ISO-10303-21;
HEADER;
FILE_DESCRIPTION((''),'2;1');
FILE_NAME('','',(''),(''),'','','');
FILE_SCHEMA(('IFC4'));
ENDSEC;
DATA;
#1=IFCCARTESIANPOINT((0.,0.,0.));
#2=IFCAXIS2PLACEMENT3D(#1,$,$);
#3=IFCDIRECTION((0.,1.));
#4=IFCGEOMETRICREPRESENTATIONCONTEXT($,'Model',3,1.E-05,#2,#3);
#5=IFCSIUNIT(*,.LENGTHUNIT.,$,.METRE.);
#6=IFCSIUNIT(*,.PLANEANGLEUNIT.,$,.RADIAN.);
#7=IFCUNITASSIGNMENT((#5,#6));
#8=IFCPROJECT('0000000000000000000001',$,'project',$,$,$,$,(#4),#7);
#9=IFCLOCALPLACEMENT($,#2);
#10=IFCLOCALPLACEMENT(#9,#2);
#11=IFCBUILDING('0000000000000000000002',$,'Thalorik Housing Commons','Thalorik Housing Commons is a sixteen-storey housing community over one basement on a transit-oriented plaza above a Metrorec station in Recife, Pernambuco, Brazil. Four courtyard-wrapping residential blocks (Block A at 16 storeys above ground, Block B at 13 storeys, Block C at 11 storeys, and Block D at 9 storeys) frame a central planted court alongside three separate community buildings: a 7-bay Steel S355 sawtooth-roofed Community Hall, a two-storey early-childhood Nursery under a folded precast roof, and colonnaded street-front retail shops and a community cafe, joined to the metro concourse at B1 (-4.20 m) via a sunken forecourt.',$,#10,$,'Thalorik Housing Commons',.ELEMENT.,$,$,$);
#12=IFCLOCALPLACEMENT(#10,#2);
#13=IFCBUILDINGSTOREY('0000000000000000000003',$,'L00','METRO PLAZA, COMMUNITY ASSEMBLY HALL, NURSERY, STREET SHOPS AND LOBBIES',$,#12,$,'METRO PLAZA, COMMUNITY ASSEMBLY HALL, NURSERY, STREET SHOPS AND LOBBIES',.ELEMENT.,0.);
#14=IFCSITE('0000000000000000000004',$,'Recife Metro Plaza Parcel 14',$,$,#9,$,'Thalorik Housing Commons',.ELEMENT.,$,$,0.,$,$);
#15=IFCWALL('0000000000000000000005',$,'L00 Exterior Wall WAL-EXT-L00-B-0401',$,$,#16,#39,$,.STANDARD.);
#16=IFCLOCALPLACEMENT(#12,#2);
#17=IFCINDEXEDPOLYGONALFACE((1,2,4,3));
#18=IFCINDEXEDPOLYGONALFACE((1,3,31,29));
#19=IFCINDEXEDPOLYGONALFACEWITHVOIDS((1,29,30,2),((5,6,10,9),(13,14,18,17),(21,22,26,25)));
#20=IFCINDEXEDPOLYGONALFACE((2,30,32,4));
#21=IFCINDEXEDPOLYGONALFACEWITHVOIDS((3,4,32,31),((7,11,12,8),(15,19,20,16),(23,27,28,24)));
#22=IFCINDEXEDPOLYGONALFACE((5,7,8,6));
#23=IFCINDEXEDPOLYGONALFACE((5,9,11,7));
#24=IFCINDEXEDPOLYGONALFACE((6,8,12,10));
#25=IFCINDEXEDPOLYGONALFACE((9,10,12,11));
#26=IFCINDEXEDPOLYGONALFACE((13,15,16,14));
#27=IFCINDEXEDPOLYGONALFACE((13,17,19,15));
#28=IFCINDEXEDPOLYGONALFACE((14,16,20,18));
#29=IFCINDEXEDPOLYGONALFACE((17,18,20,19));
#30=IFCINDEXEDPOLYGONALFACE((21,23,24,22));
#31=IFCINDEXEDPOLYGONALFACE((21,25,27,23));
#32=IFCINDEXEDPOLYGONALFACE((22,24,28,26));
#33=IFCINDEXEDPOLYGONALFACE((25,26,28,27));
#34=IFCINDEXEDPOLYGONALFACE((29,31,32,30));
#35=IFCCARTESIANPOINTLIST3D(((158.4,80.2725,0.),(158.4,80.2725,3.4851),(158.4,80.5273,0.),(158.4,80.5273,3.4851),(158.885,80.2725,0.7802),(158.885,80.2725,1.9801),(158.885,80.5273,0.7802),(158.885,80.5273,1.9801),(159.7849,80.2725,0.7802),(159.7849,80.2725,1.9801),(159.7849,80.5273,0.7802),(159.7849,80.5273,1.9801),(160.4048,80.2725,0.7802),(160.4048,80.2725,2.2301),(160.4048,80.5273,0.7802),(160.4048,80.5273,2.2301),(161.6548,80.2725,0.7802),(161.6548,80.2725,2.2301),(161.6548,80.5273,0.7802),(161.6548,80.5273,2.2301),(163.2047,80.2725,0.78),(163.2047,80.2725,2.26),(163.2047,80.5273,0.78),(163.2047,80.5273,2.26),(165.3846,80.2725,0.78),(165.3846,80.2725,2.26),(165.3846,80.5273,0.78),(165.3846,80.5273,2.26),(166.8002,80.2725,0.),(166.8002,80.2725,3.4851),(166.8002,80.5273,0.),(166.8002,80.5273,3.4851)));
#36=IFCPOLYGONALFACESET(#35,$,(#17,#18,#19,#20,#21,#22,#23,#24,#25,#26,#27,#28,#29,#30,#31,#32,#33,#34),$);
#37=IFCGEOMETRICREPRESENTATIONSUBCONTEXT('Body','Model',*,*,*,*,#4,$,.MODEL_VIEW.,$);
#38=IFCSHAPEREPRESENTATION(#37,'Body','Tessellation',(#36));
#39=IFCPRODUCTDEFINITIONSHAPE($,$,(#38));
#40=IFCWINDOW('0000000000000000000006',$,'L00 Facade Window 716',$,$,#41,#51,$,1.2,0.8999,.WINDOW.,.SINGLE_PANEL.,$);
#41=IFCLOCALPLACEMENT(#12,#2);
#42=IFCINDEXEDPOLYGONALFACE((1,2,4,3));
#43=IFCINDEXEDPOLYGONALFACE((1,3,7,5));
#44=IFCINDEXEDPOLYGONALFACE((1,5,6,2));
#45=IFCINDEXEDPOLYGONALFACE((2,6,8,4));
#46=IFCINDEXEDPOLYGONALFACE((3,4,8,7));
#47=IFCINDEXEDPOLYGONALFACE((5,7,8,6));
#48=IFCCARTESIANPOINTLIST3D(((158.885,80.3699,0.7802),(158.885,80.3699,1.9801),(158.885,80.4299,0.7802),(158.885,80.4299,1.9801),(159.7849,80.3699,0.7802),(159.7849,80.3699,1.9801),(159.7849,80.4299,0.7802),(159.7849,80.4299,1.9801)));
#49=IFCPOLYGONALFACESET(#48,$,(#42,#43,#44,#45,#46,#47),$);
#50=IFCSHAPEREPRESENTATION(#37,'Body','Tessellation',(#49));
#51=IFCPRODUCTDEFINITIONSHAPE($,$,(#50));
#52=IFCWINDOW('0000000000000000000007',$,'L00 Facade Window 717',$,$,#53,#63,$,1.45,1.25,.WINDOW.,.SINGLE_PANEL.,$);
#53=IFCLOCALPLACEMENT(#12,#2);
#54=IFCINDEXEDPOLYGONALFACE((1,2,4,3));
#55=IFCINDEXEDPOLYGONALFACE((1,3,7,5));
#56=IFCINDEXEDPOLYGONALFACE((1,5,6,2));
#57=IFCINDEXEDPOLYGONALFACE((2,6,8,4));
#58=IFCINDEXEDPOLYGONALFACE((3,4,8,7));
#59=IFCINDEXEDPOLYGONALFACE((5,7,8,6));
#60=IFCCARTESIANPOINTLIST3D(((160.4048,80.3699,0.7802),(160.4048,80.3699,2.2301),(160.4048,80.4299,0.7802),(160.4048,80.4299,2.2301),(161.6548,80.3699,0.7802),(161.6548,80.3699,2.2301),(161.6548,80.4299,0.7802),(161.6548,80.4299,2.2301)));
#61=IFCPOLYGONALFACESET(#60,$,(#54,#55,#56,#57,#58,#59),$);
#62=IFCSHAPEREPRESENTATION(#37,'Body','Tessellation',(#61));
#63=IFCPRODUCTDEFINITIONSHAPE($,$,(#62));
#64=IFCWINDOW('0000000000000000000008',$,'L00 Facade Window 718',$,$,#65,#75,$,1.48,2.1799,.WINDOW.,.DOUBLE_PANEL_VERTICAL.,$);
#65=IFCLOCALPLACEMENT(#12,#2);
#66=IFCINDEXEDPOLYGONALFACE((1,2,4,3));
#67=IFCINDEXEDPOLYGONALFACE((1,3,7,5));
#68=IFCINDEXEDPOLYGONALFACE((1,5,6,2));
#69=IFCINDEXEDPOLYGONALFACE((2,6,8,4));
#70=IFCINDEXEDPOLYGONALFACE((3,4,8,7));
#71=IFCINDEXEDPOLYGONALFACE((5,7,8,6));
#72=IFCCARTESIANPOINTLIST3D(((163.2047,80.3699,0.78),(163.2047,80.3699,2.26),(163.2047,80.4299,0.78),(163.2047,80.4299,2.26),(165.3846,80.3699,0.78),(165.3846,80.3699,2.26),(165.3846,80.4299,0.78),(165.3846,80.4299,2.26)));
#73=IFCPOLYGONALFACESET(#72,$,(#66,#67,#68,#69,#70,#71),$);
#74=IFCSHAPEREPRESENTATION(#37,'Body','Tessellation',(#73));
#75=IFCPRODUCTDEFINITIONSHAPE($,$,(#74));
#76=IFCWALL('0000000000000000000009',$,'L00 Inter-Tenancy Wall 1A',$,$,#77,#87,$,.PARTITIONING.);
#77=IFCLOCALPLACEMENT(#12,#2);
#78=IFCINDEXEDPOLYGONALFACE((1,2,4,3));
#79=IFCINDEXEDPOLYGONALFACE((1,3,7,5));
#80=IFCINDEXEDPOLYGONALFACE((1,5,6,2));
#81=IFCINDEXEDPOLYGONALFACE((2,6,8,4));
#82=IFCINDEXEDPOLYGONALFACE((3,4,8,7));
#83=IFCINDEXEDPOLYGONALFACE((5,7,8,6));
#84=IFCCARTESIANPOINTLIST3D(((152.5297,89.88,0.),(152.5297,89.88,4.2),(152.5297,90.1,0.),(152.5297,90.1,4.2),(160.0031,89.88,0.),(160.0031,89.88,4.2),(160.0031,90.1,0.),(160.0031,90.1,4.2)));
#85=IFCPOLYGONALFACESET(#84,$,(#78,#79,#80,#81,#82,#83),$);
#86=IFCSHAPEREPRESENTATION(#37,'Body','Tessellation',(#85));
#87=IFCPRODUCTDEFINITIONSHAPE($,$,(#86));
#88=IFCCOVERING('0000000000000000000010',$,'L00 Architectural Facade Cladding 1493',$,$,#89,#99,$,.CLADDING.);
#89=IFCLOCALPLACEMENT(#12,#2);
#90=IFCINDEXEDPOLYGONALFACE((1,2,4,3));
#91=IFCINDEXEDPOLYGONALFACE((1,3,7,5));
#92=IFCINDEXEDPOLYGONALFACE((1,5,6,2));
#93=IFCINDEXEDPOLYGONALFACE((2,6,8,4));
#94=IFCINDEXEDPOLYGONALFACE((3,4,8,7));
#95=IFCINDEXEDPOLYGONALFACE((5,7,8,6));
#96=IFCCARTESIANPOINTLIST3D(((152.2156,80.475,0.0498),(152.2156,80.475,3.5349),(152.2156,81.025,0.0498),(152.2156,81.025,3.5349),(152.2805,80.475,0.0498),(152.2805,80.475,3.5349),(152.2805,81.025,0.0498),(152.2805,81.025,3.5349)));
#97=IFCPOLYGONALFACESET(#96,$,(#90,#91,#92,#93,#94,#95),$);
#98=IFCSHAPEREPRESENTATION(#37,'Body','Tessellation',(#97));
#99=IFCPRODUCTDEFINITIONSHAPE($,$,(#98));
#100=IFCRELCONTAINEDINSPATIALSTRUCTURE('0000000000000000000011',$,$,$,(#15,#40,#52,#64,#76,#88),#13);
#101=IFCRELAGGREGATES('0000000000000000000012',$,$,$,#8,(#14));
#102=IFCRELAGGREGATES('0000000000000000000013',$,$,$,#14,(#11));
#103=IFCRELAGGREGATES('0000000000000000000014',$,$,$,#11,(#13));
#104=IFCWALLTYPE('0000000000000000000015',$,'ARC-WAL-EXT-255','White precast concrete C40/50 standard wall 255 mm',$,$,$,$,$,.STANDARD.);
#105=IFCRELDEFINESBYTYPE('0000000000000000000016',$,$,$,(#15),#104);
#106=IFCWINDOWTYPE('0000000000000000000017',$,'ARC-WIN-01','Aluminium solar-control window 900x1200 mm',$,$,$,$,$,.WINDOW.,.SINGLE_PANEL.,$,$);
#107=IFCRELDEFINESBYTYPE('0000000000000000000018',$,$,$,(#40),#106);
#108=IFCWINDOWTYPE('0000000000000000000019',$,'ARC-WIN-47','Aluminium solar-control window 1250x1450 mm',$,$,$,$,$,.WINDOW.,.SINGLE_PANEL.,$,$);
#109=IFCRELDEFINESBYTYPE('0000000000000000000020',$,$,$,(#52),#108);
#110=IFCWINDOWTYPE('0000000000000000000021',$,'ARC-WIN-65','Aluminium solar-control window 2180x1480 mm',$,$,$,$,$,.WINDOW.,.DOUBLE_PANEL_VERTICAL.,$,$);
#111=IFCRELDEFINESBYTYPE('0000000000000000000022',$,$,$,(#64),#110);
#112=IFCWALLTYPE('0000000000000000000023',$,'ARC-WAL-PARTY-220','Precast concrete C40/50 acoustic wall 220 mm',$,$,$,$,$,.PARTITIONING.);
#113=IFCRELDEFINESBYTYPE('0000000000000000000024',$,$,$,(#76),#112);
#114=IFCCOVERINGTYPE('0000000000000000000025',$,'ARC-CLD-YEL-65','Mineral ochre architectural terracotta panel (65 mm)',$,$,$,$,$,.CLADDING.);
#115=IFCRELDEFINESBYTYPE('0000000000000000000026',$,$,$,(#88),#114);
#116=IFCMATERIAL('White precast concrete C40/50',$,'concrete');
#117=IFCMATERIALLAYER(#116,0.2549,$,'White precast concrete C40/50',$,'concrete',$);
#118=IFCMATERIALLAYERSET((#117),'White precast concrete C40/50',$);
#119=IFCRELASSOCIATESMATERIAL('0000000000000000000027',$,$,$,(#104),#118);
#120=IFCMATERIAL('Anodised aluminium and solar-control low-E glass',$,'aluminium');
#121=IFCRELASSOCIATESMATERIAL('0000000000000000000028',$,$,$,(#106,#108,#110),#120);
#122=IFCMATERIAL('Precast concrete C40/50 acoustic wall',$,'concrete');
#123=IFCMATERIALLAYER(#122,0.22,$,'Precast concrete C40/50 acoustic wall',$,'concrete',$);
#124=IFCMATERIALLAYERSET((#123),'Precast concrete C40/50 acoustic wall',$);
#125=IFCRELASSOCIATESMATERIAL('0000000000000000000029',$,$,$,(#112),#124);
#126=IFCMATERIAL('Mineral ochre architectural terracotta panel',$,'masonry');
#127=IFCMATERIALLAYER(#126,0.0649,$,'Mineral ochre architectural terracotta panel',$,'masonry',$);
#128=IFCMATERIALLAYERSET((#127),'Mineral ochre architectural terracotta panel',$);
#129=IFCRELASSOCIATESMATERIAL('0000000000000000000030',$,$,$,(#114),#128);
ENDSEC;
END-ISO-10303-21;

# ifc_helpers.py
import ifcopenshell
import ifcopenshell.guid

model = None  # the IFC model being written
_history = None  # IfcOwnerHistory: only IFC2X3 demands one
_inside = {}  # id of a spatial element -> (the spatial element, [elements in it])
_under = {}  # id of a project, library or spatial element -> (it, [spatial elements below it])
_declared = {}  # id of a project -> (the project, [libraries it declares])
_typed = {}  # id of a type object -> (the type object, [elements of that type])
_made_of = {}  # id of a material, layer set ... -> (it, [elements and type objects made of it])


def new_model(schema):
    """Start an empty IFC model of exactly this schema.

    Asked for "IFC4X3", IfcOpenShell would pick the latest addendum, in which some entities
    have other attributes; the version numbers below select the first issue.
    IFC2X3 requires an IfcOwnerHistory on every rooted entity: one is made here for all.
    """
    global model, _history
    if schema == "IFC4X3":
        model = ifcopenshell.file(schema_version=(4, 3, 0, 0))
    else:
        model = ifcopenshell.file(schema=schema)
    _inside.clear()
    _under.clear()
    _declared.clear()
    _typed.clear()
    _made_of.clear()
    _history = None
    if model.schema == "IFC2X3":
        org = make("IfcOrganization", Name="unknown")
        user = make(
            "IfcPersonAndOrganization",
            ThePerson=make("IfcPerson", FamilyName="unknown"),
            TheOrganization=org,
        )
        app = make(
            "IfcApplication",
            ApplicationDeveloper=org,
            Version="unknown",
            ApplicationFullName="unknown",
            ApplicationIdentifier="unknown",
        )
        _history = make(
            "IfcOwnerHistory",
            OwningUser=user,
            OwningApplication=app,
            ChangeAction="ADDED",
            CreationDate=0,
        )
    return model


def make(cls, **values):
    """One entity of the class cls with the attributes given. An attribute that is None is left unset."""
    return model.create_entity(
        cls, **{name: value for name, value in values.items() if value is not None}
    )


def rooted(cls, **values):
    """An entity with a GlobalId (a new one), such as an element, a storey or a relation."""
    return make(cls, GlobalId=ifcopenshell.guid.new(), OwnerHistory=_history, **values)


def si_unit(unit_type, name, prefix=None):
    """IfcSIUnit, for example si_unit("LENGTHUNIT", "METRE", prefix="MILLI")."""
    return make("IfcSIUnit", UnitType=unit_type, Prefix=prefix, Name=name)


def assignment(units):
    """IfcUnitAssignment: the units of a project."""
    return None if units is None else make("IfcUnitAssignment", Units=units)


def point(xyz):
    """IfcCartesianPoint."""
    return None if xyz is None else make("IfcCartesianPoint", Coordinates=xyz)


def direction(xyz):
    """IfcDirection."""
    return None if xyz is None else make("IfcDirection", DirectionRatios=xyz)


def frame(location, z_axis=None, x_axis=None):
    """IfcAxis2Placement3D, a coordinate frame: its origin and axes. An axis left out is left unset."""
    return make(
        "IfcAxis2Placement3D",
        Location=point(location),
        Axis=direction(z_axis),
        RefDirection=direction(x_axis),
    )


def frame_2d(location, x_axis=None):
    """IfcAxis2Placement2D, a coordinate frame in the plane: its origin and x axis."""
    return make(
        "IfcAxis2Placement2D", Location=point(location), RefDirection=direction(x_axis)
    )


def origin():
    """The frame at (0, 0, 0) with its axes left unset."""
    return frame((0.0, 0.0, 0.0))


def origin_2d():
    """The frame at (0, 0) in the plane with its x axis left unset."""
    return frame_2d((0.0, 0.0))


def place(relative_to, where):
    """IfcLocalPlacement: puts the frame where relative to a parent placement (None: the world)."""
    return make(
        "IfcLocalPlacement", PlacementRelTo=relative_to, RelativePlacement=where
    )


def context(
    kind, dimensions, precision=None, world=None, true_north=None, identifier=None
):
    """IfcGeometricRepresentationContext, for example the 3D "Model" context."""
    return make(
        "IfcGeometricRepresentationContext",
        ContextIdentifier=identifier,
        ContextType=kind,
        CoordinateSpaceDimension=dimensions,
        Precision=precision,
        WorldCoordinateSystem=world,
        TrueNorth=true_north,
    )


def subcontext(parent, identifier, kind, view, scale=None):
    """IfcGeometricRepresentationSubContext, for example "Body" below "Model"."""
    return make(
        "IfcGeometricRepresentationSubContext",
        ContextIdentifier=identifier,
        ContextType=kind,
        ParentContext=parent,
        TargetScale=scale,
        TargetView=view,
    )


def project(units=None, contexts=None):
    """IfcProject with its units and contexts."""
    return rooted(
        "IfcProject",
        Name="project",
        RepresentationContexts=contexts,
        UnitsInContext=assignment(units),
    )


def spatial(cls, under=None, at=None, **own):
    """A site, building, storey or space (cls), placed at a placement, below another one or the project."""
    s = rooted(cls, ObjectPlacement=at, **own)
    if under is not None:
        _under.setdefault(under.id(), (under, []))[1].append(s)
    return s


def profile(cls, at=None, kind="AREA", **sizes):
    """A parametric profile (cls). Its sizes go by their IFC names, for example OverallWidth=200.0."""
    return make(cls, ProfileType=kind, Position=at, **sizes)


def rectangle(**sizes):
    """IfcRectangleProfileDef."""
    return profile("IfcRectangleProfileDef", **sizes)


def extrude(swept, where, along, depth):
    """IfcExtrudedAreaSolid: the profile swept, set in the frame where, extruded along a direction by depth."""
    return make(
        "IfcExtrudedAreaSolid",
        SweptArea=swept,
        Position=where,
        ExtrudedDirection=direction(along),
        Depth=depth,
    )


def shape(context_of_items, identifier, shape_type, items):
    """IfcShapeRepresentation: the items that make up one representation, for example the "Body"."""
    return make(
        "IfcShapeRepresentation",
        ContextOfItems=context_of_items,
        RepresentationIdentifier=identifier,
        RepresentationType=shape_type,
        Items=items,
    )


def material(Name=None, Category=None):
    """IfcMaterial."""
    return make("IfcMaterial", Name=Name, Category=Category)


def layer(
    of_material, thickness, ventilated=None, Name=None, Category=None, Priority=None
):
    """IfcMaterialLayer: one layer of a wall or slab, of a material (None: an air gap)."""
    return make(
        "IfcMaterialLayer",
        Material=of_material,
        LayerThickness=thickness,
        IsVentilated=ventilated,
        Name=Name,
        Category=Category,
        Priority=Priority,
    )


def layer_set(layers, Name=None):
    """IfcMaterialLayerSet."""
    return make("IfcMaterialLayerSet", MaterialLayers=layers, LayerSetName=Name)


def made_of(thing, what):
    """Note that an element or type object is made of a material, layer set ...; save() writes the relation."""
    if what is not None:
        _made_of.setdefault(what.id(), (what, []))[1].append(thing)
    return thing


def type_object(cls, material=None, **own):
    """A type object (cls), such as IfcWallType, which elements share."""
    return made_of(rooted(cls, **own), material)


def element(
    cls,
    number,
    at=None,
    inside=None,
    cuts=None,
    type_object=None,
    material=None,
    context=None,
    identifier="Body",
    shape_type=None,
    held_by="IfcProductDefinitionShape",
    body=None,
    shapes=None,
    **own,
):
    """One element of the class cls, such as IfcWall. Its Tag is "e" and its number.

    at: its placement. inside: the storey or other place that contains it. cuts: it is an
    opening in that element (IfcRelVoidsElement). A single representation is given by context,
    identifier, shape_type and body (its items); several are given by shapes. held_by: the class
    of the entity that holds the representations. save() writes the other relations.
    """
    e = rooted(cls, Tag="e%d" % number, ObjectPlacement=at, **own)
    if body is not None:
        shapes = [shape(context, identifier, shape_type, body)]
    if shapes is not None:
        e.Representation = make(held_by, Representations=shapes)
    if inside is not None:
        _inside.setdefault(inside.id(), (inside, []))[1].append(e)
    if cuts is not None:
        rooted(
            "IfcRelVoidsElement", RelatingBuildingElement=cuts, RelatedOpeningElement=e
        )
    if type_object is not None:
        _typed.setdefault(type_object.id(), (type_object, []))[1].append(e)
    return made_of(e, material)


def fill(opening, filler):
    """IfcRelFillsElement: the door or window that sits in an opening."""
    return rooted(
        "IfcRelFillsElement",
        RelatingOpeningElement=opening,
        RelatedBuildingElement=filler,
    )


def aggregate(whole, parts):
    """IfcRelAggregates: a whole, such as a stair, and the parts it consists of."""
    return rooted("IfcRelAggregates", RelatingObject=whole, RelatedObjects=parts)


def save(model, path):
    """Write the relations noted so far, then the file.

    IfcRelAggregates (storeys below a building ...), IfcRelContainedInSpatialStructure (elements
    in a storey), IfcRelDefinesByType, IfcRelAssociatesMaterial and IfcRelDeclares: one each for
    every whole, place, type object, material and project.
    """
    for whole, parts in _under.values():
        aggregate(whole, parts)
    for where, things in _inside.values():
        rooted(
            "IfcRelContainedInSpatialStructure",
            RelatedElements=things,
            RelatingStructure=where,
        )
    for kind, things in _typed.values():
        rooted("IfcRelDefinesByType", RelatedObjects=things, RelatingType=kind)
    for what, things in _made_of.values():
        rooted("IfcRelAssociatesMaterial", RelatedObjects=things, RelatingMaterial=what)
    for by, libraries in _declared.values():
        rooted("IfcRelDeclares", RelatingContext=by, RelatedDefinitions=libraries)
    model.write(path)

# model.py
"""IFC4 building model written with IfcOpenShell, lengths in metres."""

from ifc_helpers import new_model, si_unit, direction, frame, frame_2d, origin, origin_2d, place, context, subcontext, project, spatial, rectangle, extrude, material, layer, layer_set, type_object, element, fill, save


model = new_model("IFC4")

# Units and contexts
model_context = context("Model", 3, precision=1e-05, world=origin(), true_north=direction((0.0, 1.0)))
body_context = subcontext(model_context, "Body", "Model", "MODEL_VIEW")
ifc_project = project(units=[si_unit("LENGTHUNIT", "METRE"), si_unit("PLANEANGLEUNIT", "RADIAN")], contexts=[model_context])

# Site, building, storey
site_placement = place(None, origin())
site = spatial("IfcSite", under=ifc_project, at=site_placement, Name="Recife Metro Plaza Parcel 14", LongName="Thalorik Housing Commons", CompositionType="ELEMENT", RefElevation=0.0)
building_placement = place(site_placement, origin())
building = spatial("IfcBuilding", under=site, at=building_placement, Name="Thalorik Housing Commons", Description="Thalorik Housing Commons is a sixteen-storey housing community over one basement on a transit-oriented plaza above a Metrorec station in Recife, Pernambuco, Brazil. Four courtyard-wrapping residential blocks (Block A at 16 storeys above ground, Block B at 13 storeys, Block C at 11 storeys, and Block D at 9 storeys) frame a central planted court alongside three separate community buildings: a 7-bay Steel S355 sawtooth-roofed Community Hall, a two-storey early-childhood Nursery under a folded precast roof, and colonnaded street-front retail shops and a community cafe, joined to the metro concourse at B1 (-4.20 m) via a sunken forecourt.", LongName="Thalorik Housing Commons", CompositionType="ELEMENT")
storey_placement = place(building_placement, origin())
storey = spatial("IfcBuildingStorey", under=building, at=storey_placement, Name="L00", Description="METRO PLAZA, COMMUNITY ASSEMBLY HALL, NURSERY, STREET SHOPS AND LOBBIES", LongName="METRO PLAZA, COMMUNITY ASSEMBLY HALL, NURSERY, STREET SHOPS AND LOBBIES", CompositionType="ELEMENT", Elevation=0.0)

# Wall, openings, windows
ifc_material_1 = material(Name="White precast concrete C40/50", Category="concrete")
ifc_layer_1 = layer(ifc_material_1, 0.2549, Name="White precast concrete C40/50", Category="concrete")
ifc_layer_set_1 = layer_set([ifc_layer_1], Name="White precast concrete C40/50")
wall_type_1 = type_object("IfcWallType", Name="ARC-WAL-EXT-255", Description="White precast concrete C40/50 standard wall 255 mm", PredefinedType="STANDARD", material=ifc_layer_set_1)
ifc_material_2 = material(Name="Anodised aluminium and solar-control low-E glass", Category="aluminium")
window_type_1 = type_object("IfcWindowType", Name="ARC-WIN-01", Description="Aluminium solar-control window 900x1200 mm", PartitioningType="SINGLE_PANEL", PredefinedType="WINDOW", material=ifc_material_2)
wall_1_placement = place(storey_placement, frame((158.3999, 80.3999, 0.0), z_axis=(0.0, 0.0, 1.0), x_axis=(1.0, 0.0, 0.0)))
wall_1 = element("IfcWall", 1, at=wall_1_placement, inside=storey, type_object=wall_type_1, Name="L00 Exterior Wall WAL-EXT-L00-B-0401", PredefinedType="STANDARD", context=body_context, shape_type="SweptSolid", body=[
    extrude(rectangle(XDim=8.4001, YDim=0.2549, at=frame_2d((4.2002, 0.0))), origin(), (0.0, 0.0, 1.0), 3.4851),
])
opening_1_placement = place(wall_1_placement, frame((0.4851, 0.0, 0.78)))
opening_1 = element("IfcOpeningElement", 2, at=opening_1_placement, cuts=wall_1, PredefinedType="OPENING", context=body_context, shape_type="SweptSolid", body=[
    extrude(rectangle(XDim=0.8999, YDim=1.2, at=frame_2d((0.45, 0.6001))), frame((0.0, 0.1375, 0.0), z_axis=(0.0, -1.0, 0.0), x_axis=(1.0, 0.0, 0.0)), (0.0, 0.0, 1.0), 0.2749),
])
opening_2_placement = place(wall_1_placement, frame((2.0049, 0.0, 0.78)))
opening_2 = element("IfcOpeningElement", 3, at=opening_2_placement, cuts=wall_1, PredefinedType="OPENING", context=body_context, shape_type="SweptSolid", body=[
    extrude(rectangle(XDim=1.25, YDim=1.45, at=frame_2d((0.625, 0.7251))), frame((0.0, 0.1375, 0.0), z_axis=(0.0, -1.0, 0.0), x_axis=(1.0, 0.0, 0.0)), (0.0, 0.0, 1.0), 0.2749),
])
opening_3_placement = place(wall_1_placement, frame((4.8049, 0.0, 0.78)))
opening_3 = element("IfcOpeningElement", 4, at=opening_3_placement, cuts=wall_1, PredefinedType="OPENING", context=body_context, shape_type="SweptSolid", body=[
    extrude(rectangle(XDim=2.1799, YDim=1.48, at=frame_2d((1.0898, 0.74))), frame((0.0, 0.1375, 0.0), z_axis=(0.0, -1.0, 0.0), x_axis=(1.0, 0.0, 0.0)), (0.0, 0.0, 1.0), 0.2749),
])
window_1_placement = place(opening_1_placement, origin())
window_1 = element("IfcWindow", 5, at=window_1_placement, inside=storey, type_object=window_type_1, Name="L00 Facade Window 716", OverallHeight=1.2, OverallWidth=0.8999, PartitioningType="SINGLE_PANEL", PredefinedType="WINDOW", context=body_context, shape_type="SweptSolid", body=[
    extrude(rectangle(XDim=0.8999, YDim=1.2, at=frame_2d((0.45, 0.6001))), frame((0.0, 0.03, 0.0), z_axis=(0.0, -1.0, 0.0), x_axis=(1.0, 0.0, 0.0)), (0.0, 0.0, 1.0), 0.0601),
])
fill(opening_1, window_1)
window_type_2 = type_object("IfcWindowType", Name="ARC-WIN-47", Description="Aluminium solar-control window 1250x1450 mm", PartitioningType="SINGLE_PANEL", PredefinedType="WINDOW", material=ifc_material_2)
window_2_placement = place(opening_2_placement, origin())
window_2 = element("IfcWindow", 6, at=window_2_placement, inside=storey, type_object=window_type_2, Name="L00 Facade Window 717", OverallHeight=1.45, OverallWidth=1.25, PartitioningType="SINGLE_PANEL", PredefinedType="WINDOW", context=body_context, shape_type="SweptSolid", body=[
    extrude(rectangle(XDim=1.25, YDim=1.45, at=frame_2d((0.625, 0.7251))), frame((0.0, 0.03, 0.0), z_axis=(0.0, -1.0, 0.0), x_axis=(1.0, 0.0, 0.0)), (0.0, 0.0, 1.0), 0.0601),
])
fill(opening_2, window_2)
window_type_3 = type_object("IfcWindowType", Name="ARC-WIN-65", Description="Aluminium solar-control window 2180x1480 mm", PartitioningType="DOUBLE_PANEL_VERTICAL", PredefinedType="WINDOW", material=ifc_material_2)
window_3_placement = place(opening_3_placement, origin())
window_3 = element("IfcWindow", 7, at=window_3_placement, inside=storey, type_object=window_type_3, Name="L00 Facade Window 718", OverallHeight=1.48, OverallWidth=2.1799, PartitioningType="DOUBLE_PANEL_VERTICAL", PredefinedType="WINDOW", context=body_context, shape_type="SweptSolid", body=[
    extrude(rectangle(XDim=2.1799, YDim=1.48, at=frame_2d((1.0898, 0.74))), frame((0.0, 0.03, 0.0), z_axis=(0.0, -1.0, 0.0), x_axis=(1.0, 0.0, 0.0)), (0.0, 0.0, 1.0), 0.0601),
])
fill(opening_3, window_3)

# Wall
ifc_material_3 = material(Name="Precast concrete C40/50 acoustic wall", Category="concrete")
ifc_layer_2 = layer(ifc_material_3, 0.22, Name="Precast concrete C40/50 acoustic wall", Category="concrete")
ifc_layer_set_2 = layer_set([ifc_layer_2], Name="Precast concrete C40/50 acoustic wall")
wall_type_2 = type_object("IfcWallType", Name="ARC-WAL-PARTY-220", Description="Precast concrete C40/50 acoustic wall 220 mm", PredefinedType="PARTITIONING", material=ifc_layer_set_2)
wall_2_placement = place(storey_placement, frame((152.5295, 89.99, 0.0), z_axis=(0.0, 0.0, 1.0), x_axis=(1.0, 0.0, 0.0)))
element("IfcWall", 8, at=wall_2_placement, inside=storey, type_object=wall_type_2, Name="L00 Inter-Tenancy Wall 1A", PredefinedType="PARTITIONING", context=body_context, shape_type="SweptSolid", body=[
    extrude(rectangle(XDim=7.4734, YDim=0.22, at=frame_2d((3.7368, 0.0))), origin(), (0.0, 0.0, 1.0), 4.2),
])

# Covering
ifc_material_4 = material(Name="Mineral ochre architectural terracotta panel", Category="masonry")
ifc_layer_3 = layer(ifc_material_4, 0.0649, Name="Mineral ochre architectural terracotta panel", Category="masonry")
ifc_layer_set_3 = layer_set([ifc_layer_3], Name="Mineral ochre architectural terracotta panel")
covering_type = type_object("IfcCoveringType", Name="ARC-CLD-YEL-65", Description="Mineral ochre architectural terracotta panel (65 mm)", PredefinedType="CLADDING", material=ifc_layer_set_3)
covering_placement = place(storey_placement, frame((152.248, 80.75, 0.0498), z_axis=(0.0, 0.0, 1.0), x_axis=(0.0, -1.0, 0.0)))
element("IfcCovering", 9, at=covering_placement, inside=storey, type_object=covering_type, Name="L00 Architectural Facade Cladding 1493", PredefinedType="CLADDING", context=body_context, shape_type="SweptSolid", body=[
    extrude(rectangle(XDim=0.55, YDim=0.0649, at=origin_2d()), origin(), (0.0, 0.0, 1.0), 3.4851),
])

save(model, "model.ifc")
